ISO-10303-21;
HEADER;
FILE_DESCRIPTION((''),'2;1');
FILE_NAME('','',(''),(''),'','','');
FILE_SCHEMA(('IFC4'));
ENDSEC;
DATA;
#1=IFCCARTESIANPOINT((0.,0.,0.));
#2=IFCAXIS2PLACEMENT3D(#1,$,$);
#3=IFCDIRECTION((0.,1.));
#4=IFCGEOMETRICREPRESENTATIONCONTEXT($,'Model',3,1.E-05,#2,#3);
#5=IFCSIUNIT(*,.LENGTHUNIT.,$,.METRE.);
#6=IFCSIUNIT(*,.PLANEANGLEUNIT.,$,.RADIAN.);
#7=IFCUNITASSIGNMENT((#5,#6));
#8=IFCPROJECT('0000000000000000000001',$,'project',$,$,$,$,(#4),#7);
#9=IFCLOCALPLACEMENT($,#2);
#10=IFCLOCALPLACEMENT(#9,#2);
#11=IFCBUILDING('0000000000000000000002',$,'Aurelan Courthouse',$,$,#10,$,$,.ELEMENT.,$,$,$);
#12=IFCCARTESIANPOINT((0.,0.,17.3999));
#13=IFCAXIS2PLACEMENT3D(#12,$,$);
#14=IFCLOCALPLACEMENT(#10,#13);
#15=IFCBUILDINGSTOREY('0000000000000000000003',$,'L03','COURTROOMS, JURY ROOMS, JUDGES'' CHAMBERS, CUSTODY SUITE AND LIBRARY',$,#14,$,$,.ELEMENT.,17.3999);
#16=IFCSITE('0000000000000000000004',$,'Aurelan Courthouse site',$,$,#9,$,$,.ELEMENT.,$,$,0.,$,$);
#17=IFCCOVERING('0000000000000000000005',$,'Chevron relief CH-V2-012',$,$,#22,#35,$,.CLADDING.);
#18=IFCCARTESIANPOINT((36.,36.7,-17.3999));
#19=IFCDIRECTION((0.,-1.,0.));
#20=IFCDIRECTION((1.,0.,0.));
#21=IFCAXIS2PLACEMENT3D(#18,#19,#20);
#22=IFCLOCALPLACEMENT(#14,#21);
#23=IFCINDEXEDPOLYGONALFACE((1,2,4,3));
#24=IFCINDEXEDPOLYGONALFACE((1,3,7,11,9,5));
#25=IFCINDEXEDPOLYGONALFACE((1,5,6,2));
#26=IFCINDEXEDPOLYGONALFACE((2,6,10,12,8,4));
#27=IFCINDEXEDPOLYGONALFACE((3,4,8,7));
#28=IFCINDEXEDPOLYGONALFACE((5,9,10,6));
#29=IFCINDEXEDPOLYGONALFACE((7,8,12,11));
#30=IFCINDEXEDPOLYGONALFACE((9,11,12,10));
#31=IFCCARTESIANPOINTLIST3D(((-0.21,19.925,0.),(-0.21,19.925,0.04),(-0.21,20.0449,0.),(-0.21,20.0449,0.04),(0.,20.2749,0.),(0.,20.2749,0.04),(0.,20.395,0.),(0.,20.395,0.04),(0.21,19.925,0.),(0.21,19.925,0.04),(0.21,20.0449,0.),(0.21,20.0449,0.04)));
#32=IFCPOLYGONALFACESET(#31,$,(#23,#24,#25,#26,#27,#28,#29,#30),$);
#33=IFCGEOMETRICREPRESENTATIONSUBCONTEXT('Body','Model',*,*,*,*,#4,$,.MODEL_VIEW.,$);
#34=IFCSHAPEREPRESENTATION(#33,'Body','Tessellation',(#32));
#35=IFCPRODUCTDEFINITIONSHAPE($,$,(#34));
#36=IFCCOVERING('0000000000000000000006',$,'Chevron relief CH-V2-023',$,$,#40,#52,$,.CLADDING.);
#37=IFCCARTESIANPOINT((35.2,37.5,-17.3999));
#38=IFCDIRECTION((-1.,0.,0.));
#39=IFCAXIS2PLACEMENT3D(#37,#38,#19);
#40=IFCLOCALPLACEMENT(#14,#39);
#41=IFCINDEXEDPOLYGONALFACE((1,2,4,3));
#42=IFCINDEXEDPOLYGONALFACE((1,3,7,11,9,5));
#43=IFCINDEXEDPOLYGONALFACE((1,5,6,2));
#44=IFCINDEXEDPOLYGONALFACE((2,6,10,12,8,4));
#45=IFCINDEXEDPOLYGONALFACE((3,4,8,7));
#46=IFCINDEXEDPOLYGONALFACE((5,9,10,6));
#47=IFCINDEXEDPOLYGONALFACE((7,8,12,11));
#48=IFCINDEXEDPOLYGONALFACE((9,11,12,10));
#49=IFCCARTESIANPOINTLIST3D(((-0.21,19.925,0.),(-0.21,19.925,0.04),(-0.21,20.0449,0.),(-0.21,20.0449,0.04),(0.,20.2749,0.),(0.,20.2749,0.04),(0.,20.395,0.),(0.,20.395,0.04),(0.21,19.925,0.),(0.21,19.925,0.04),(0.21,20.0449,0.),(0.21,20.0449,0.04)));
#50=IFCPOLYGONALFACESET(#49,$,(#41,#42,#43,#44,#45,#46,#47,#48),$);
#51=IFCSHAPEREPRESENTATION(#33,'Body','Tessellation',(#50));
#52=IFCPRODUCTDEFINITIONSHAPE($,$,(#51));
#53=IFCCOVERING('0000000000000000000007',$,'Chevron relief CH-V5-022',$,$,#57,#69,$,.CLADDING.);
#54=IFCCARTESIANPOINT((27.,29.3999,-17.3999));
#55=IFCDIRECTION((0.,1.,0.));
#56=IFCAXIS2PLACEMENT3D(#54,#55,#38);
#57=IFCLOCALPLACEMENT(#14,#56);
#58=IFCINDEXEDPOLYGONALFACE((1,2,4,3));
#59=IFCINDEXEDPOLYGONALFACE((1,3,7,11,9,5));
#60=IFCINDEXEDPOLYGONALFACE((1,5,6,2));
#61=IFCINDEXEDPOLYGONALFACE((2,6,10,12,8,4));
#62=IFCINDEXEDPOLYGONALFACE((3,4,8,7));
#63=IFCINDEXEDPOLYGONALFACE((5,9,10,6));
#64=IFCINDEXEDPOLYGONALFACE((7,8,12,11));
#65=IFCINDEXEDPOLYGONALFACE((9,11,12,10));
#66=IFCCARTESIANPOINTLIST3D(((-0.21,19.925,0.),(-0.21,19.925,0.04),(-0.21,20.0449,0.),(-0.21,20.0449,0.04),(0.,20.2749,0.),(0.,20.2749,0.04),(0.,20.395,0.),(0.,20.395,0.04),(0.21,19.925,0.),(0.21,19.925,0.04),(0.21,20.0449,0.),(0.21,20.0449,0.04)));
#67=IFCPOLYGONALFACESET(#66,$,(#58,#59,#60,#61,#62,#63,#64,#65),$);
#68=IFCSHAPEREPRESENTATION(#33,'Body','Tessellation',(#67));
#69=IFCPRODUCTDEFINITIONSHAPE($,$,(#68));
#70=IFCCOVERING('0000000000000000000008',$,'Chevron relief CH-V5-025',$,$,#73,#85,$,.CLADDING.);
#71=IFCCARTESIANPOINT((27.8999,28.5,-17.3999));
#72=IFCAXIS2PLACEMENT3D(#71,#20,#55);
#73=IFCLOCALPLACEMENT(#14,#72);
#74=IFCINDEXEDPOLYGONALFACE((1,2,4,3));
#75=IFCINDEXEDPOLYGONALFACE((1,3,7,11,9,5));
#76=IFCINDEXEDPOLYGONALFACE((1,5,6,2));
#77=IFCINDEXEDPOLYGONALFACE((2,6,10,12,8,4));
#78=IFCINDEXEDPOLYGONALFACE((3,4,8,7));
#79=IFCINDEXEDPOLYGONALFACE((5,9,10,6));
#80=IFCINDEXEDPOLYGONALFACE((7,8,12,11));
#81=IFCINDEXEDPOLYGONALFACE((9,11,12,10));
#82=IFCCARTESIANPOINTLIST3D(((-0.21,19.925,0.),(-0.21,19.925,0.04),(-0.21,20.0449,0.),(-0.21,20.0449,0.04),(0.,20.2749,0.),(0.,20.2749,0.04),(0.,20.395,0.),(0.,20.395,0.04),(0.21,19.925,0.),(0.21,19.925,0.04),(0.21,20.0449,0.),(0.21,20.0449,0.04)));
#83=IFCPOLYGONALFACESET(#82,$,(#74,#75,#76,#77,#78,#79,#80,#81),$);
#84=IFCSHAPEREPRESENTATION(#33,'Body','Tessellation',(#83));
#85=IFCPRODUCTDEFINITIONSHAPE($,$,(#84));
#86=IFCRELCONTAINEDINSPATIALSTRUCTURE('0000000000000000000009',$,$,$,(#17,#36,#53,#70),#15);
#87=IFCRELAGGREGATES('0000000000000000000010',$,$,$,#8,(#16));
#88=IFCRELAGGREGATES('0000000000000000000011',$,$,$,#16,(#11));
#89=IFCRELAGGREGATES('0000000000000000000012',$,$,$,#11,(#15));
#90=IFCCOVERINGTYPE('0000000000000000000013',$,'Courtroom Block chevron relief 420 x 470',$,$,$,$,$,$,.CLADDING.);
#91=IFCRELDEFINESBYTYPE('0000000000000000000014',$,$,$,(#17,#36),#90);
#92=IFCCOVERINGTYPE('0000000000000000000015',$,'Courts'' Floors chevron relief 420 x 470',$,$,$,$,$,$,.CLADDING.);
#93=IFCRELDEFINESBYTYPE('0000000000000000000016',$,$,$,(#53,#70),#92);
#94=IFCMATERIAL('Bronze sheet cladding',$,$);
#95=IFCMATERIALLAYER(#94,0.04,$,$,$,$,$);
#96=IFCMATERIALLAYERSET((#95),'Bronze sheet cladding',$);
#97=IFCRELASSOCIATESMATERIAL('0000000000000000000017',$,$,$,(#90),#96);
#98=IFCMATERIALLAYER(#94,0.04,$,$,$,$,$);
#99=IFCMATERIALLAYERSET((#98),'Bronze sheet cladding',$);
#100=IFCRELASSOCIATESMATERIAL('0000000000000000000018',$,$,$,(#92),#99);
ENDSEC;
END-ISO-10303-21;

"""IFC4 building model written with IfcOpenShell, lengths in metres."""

from ifc_helpers import new_model, si_unit, direction, frame, origin, place, context, subcontext, project, spatial, polyline, outline, extrude, material, layer, layer_set, type_object, element, save


model = new_model("IFC4")

# Units and contexts
model_context = context("Model", 3, precision=1e-05, world=origin(), true_north=direction((0.0, 1.0)))
body_context = subcontext(model_context, "Body", "Model", "MODEL_VIEW")
ifc_project = project(units=[si_unit("LENGTHUNIT", "METRE"), si_unit("PLANEANGLEUNIT", "RADIAN")], contexts=[model_context])

# Site, building, storey
site_placement = place(None, origin())
site = spatial("IfcSite", under=ifc_project, at=site_placement, Name="Aurelan Courthouse site", CompositionType="ELEMENT", RefElevation=0.0)
building_placement = place(site_placement, origin())
building = spatial("IfcBuilding", under=site, at=building_placement, Name="Aurelan Courthouse", CompositionType="ELEMENT")
storey_placement = place(building_placement, frame((0.0, 0.0, 17.3999)))
storey = spatial("IfcBuildingStorey", under=building, at=storey_placement, Name="L03", Description="COURTROOMS, JURY ROOMS, JUDGES' CHAMBERS, CUSTODY SUITE AND LIBRARY", CompositionType="ELEMENT", Elevation=17.3999)

# Coverings
ifc_material_1 = material(Name="Bronze sheet cladding")
ifc_layer_1 = layer(ifc_material_1, 0.04)
ifc_layer_set_1 = layer_set([ifc_layer_1], Name="Bronze sheet cladding")
covering_type_1 = type_object("IfcCoveringType", Name="Courtroom Block chevron relief 420 x 470", PredefinedType="CLADDING", material=ifc_layer_set_1)
for number, where, z_axis, x_axis, name in (
    (1, (36.0, 36.7, -17.3999), (0.0, -1.0, 0.0), (1.0, 0.0, 0.0), "Chevron relief CH-V2-012"),
    (2, (35.2, 37.5, -17.3999), (-1.0, 0.0, 0.0), (0.0, -1.0, 0.0), "Chevron relief CH-V2-023"),
):
    element("IfcCovering", number, at=place(storey_placement, frame(where, z_axis=z_axis, x_axis=x_axis)), inside=storey, type_object=covering_type_1, Name=name, PredefinedType="CLADDING", context=body_context, shape_type="SweptSolid", body=[
        extrude(outline(polyline([(-0.21, 19.925), (0.0, 20.2749), (0.21, 19.925), (0.21, 20.0449), (0.0, 20.395), (-0.21, 20.0449), (-0.21, 19.925)])), origin(), (0.0, 0.0, 1.0), 0.04),
    ])
ifc_layer_2 = layer(ifc_material_1, 0.04)
ifc_layer_set_2 = layer_set([ifc_layer_2], Name="Bronze sheet cladding")
covering_type_2 = type_object("IfcCoveringType", Name="Courts' Floors chevron relief 420 x 470", PredefinedType="CLADDING", material=ifc_layer_set_2)
for number, where, z_axis, x_axis, name in (
    (3, (27.0, 29.3999, -17.3999), (0.0, 1.0, 0.0), (-1.0, 0.0, 0.0), "Chevron relief CH-V5-022"),
    (4, (27.8999, 28.5, -17.3999), (1.0, 0.0, 0.0), (0.0, 1.0, 0.0), "Chevron relief CH-V5-025"),
):
    element("IfcCovering", number, at=place(storey_placement, frame(where, z_axis=z_axis, x_axis=x_axis)), inside=storey, type_object=covering_type_2, Name=name, PredefinedType="CLADDING", context=body_context, shape_type="SweptSolid", body=[
        extrude(outline(polyline([(-0.21, 19.925), (0.0, 20.2749), (0.21, 19.925), (0.21, 20.0449), (0.0, 20.395), (-0.21, 20.0449), (-0.21, 19.925)])), origin(), (0.0, 0.0, 1.0), 0.04),
    ])

save(model, "model.ifc")
